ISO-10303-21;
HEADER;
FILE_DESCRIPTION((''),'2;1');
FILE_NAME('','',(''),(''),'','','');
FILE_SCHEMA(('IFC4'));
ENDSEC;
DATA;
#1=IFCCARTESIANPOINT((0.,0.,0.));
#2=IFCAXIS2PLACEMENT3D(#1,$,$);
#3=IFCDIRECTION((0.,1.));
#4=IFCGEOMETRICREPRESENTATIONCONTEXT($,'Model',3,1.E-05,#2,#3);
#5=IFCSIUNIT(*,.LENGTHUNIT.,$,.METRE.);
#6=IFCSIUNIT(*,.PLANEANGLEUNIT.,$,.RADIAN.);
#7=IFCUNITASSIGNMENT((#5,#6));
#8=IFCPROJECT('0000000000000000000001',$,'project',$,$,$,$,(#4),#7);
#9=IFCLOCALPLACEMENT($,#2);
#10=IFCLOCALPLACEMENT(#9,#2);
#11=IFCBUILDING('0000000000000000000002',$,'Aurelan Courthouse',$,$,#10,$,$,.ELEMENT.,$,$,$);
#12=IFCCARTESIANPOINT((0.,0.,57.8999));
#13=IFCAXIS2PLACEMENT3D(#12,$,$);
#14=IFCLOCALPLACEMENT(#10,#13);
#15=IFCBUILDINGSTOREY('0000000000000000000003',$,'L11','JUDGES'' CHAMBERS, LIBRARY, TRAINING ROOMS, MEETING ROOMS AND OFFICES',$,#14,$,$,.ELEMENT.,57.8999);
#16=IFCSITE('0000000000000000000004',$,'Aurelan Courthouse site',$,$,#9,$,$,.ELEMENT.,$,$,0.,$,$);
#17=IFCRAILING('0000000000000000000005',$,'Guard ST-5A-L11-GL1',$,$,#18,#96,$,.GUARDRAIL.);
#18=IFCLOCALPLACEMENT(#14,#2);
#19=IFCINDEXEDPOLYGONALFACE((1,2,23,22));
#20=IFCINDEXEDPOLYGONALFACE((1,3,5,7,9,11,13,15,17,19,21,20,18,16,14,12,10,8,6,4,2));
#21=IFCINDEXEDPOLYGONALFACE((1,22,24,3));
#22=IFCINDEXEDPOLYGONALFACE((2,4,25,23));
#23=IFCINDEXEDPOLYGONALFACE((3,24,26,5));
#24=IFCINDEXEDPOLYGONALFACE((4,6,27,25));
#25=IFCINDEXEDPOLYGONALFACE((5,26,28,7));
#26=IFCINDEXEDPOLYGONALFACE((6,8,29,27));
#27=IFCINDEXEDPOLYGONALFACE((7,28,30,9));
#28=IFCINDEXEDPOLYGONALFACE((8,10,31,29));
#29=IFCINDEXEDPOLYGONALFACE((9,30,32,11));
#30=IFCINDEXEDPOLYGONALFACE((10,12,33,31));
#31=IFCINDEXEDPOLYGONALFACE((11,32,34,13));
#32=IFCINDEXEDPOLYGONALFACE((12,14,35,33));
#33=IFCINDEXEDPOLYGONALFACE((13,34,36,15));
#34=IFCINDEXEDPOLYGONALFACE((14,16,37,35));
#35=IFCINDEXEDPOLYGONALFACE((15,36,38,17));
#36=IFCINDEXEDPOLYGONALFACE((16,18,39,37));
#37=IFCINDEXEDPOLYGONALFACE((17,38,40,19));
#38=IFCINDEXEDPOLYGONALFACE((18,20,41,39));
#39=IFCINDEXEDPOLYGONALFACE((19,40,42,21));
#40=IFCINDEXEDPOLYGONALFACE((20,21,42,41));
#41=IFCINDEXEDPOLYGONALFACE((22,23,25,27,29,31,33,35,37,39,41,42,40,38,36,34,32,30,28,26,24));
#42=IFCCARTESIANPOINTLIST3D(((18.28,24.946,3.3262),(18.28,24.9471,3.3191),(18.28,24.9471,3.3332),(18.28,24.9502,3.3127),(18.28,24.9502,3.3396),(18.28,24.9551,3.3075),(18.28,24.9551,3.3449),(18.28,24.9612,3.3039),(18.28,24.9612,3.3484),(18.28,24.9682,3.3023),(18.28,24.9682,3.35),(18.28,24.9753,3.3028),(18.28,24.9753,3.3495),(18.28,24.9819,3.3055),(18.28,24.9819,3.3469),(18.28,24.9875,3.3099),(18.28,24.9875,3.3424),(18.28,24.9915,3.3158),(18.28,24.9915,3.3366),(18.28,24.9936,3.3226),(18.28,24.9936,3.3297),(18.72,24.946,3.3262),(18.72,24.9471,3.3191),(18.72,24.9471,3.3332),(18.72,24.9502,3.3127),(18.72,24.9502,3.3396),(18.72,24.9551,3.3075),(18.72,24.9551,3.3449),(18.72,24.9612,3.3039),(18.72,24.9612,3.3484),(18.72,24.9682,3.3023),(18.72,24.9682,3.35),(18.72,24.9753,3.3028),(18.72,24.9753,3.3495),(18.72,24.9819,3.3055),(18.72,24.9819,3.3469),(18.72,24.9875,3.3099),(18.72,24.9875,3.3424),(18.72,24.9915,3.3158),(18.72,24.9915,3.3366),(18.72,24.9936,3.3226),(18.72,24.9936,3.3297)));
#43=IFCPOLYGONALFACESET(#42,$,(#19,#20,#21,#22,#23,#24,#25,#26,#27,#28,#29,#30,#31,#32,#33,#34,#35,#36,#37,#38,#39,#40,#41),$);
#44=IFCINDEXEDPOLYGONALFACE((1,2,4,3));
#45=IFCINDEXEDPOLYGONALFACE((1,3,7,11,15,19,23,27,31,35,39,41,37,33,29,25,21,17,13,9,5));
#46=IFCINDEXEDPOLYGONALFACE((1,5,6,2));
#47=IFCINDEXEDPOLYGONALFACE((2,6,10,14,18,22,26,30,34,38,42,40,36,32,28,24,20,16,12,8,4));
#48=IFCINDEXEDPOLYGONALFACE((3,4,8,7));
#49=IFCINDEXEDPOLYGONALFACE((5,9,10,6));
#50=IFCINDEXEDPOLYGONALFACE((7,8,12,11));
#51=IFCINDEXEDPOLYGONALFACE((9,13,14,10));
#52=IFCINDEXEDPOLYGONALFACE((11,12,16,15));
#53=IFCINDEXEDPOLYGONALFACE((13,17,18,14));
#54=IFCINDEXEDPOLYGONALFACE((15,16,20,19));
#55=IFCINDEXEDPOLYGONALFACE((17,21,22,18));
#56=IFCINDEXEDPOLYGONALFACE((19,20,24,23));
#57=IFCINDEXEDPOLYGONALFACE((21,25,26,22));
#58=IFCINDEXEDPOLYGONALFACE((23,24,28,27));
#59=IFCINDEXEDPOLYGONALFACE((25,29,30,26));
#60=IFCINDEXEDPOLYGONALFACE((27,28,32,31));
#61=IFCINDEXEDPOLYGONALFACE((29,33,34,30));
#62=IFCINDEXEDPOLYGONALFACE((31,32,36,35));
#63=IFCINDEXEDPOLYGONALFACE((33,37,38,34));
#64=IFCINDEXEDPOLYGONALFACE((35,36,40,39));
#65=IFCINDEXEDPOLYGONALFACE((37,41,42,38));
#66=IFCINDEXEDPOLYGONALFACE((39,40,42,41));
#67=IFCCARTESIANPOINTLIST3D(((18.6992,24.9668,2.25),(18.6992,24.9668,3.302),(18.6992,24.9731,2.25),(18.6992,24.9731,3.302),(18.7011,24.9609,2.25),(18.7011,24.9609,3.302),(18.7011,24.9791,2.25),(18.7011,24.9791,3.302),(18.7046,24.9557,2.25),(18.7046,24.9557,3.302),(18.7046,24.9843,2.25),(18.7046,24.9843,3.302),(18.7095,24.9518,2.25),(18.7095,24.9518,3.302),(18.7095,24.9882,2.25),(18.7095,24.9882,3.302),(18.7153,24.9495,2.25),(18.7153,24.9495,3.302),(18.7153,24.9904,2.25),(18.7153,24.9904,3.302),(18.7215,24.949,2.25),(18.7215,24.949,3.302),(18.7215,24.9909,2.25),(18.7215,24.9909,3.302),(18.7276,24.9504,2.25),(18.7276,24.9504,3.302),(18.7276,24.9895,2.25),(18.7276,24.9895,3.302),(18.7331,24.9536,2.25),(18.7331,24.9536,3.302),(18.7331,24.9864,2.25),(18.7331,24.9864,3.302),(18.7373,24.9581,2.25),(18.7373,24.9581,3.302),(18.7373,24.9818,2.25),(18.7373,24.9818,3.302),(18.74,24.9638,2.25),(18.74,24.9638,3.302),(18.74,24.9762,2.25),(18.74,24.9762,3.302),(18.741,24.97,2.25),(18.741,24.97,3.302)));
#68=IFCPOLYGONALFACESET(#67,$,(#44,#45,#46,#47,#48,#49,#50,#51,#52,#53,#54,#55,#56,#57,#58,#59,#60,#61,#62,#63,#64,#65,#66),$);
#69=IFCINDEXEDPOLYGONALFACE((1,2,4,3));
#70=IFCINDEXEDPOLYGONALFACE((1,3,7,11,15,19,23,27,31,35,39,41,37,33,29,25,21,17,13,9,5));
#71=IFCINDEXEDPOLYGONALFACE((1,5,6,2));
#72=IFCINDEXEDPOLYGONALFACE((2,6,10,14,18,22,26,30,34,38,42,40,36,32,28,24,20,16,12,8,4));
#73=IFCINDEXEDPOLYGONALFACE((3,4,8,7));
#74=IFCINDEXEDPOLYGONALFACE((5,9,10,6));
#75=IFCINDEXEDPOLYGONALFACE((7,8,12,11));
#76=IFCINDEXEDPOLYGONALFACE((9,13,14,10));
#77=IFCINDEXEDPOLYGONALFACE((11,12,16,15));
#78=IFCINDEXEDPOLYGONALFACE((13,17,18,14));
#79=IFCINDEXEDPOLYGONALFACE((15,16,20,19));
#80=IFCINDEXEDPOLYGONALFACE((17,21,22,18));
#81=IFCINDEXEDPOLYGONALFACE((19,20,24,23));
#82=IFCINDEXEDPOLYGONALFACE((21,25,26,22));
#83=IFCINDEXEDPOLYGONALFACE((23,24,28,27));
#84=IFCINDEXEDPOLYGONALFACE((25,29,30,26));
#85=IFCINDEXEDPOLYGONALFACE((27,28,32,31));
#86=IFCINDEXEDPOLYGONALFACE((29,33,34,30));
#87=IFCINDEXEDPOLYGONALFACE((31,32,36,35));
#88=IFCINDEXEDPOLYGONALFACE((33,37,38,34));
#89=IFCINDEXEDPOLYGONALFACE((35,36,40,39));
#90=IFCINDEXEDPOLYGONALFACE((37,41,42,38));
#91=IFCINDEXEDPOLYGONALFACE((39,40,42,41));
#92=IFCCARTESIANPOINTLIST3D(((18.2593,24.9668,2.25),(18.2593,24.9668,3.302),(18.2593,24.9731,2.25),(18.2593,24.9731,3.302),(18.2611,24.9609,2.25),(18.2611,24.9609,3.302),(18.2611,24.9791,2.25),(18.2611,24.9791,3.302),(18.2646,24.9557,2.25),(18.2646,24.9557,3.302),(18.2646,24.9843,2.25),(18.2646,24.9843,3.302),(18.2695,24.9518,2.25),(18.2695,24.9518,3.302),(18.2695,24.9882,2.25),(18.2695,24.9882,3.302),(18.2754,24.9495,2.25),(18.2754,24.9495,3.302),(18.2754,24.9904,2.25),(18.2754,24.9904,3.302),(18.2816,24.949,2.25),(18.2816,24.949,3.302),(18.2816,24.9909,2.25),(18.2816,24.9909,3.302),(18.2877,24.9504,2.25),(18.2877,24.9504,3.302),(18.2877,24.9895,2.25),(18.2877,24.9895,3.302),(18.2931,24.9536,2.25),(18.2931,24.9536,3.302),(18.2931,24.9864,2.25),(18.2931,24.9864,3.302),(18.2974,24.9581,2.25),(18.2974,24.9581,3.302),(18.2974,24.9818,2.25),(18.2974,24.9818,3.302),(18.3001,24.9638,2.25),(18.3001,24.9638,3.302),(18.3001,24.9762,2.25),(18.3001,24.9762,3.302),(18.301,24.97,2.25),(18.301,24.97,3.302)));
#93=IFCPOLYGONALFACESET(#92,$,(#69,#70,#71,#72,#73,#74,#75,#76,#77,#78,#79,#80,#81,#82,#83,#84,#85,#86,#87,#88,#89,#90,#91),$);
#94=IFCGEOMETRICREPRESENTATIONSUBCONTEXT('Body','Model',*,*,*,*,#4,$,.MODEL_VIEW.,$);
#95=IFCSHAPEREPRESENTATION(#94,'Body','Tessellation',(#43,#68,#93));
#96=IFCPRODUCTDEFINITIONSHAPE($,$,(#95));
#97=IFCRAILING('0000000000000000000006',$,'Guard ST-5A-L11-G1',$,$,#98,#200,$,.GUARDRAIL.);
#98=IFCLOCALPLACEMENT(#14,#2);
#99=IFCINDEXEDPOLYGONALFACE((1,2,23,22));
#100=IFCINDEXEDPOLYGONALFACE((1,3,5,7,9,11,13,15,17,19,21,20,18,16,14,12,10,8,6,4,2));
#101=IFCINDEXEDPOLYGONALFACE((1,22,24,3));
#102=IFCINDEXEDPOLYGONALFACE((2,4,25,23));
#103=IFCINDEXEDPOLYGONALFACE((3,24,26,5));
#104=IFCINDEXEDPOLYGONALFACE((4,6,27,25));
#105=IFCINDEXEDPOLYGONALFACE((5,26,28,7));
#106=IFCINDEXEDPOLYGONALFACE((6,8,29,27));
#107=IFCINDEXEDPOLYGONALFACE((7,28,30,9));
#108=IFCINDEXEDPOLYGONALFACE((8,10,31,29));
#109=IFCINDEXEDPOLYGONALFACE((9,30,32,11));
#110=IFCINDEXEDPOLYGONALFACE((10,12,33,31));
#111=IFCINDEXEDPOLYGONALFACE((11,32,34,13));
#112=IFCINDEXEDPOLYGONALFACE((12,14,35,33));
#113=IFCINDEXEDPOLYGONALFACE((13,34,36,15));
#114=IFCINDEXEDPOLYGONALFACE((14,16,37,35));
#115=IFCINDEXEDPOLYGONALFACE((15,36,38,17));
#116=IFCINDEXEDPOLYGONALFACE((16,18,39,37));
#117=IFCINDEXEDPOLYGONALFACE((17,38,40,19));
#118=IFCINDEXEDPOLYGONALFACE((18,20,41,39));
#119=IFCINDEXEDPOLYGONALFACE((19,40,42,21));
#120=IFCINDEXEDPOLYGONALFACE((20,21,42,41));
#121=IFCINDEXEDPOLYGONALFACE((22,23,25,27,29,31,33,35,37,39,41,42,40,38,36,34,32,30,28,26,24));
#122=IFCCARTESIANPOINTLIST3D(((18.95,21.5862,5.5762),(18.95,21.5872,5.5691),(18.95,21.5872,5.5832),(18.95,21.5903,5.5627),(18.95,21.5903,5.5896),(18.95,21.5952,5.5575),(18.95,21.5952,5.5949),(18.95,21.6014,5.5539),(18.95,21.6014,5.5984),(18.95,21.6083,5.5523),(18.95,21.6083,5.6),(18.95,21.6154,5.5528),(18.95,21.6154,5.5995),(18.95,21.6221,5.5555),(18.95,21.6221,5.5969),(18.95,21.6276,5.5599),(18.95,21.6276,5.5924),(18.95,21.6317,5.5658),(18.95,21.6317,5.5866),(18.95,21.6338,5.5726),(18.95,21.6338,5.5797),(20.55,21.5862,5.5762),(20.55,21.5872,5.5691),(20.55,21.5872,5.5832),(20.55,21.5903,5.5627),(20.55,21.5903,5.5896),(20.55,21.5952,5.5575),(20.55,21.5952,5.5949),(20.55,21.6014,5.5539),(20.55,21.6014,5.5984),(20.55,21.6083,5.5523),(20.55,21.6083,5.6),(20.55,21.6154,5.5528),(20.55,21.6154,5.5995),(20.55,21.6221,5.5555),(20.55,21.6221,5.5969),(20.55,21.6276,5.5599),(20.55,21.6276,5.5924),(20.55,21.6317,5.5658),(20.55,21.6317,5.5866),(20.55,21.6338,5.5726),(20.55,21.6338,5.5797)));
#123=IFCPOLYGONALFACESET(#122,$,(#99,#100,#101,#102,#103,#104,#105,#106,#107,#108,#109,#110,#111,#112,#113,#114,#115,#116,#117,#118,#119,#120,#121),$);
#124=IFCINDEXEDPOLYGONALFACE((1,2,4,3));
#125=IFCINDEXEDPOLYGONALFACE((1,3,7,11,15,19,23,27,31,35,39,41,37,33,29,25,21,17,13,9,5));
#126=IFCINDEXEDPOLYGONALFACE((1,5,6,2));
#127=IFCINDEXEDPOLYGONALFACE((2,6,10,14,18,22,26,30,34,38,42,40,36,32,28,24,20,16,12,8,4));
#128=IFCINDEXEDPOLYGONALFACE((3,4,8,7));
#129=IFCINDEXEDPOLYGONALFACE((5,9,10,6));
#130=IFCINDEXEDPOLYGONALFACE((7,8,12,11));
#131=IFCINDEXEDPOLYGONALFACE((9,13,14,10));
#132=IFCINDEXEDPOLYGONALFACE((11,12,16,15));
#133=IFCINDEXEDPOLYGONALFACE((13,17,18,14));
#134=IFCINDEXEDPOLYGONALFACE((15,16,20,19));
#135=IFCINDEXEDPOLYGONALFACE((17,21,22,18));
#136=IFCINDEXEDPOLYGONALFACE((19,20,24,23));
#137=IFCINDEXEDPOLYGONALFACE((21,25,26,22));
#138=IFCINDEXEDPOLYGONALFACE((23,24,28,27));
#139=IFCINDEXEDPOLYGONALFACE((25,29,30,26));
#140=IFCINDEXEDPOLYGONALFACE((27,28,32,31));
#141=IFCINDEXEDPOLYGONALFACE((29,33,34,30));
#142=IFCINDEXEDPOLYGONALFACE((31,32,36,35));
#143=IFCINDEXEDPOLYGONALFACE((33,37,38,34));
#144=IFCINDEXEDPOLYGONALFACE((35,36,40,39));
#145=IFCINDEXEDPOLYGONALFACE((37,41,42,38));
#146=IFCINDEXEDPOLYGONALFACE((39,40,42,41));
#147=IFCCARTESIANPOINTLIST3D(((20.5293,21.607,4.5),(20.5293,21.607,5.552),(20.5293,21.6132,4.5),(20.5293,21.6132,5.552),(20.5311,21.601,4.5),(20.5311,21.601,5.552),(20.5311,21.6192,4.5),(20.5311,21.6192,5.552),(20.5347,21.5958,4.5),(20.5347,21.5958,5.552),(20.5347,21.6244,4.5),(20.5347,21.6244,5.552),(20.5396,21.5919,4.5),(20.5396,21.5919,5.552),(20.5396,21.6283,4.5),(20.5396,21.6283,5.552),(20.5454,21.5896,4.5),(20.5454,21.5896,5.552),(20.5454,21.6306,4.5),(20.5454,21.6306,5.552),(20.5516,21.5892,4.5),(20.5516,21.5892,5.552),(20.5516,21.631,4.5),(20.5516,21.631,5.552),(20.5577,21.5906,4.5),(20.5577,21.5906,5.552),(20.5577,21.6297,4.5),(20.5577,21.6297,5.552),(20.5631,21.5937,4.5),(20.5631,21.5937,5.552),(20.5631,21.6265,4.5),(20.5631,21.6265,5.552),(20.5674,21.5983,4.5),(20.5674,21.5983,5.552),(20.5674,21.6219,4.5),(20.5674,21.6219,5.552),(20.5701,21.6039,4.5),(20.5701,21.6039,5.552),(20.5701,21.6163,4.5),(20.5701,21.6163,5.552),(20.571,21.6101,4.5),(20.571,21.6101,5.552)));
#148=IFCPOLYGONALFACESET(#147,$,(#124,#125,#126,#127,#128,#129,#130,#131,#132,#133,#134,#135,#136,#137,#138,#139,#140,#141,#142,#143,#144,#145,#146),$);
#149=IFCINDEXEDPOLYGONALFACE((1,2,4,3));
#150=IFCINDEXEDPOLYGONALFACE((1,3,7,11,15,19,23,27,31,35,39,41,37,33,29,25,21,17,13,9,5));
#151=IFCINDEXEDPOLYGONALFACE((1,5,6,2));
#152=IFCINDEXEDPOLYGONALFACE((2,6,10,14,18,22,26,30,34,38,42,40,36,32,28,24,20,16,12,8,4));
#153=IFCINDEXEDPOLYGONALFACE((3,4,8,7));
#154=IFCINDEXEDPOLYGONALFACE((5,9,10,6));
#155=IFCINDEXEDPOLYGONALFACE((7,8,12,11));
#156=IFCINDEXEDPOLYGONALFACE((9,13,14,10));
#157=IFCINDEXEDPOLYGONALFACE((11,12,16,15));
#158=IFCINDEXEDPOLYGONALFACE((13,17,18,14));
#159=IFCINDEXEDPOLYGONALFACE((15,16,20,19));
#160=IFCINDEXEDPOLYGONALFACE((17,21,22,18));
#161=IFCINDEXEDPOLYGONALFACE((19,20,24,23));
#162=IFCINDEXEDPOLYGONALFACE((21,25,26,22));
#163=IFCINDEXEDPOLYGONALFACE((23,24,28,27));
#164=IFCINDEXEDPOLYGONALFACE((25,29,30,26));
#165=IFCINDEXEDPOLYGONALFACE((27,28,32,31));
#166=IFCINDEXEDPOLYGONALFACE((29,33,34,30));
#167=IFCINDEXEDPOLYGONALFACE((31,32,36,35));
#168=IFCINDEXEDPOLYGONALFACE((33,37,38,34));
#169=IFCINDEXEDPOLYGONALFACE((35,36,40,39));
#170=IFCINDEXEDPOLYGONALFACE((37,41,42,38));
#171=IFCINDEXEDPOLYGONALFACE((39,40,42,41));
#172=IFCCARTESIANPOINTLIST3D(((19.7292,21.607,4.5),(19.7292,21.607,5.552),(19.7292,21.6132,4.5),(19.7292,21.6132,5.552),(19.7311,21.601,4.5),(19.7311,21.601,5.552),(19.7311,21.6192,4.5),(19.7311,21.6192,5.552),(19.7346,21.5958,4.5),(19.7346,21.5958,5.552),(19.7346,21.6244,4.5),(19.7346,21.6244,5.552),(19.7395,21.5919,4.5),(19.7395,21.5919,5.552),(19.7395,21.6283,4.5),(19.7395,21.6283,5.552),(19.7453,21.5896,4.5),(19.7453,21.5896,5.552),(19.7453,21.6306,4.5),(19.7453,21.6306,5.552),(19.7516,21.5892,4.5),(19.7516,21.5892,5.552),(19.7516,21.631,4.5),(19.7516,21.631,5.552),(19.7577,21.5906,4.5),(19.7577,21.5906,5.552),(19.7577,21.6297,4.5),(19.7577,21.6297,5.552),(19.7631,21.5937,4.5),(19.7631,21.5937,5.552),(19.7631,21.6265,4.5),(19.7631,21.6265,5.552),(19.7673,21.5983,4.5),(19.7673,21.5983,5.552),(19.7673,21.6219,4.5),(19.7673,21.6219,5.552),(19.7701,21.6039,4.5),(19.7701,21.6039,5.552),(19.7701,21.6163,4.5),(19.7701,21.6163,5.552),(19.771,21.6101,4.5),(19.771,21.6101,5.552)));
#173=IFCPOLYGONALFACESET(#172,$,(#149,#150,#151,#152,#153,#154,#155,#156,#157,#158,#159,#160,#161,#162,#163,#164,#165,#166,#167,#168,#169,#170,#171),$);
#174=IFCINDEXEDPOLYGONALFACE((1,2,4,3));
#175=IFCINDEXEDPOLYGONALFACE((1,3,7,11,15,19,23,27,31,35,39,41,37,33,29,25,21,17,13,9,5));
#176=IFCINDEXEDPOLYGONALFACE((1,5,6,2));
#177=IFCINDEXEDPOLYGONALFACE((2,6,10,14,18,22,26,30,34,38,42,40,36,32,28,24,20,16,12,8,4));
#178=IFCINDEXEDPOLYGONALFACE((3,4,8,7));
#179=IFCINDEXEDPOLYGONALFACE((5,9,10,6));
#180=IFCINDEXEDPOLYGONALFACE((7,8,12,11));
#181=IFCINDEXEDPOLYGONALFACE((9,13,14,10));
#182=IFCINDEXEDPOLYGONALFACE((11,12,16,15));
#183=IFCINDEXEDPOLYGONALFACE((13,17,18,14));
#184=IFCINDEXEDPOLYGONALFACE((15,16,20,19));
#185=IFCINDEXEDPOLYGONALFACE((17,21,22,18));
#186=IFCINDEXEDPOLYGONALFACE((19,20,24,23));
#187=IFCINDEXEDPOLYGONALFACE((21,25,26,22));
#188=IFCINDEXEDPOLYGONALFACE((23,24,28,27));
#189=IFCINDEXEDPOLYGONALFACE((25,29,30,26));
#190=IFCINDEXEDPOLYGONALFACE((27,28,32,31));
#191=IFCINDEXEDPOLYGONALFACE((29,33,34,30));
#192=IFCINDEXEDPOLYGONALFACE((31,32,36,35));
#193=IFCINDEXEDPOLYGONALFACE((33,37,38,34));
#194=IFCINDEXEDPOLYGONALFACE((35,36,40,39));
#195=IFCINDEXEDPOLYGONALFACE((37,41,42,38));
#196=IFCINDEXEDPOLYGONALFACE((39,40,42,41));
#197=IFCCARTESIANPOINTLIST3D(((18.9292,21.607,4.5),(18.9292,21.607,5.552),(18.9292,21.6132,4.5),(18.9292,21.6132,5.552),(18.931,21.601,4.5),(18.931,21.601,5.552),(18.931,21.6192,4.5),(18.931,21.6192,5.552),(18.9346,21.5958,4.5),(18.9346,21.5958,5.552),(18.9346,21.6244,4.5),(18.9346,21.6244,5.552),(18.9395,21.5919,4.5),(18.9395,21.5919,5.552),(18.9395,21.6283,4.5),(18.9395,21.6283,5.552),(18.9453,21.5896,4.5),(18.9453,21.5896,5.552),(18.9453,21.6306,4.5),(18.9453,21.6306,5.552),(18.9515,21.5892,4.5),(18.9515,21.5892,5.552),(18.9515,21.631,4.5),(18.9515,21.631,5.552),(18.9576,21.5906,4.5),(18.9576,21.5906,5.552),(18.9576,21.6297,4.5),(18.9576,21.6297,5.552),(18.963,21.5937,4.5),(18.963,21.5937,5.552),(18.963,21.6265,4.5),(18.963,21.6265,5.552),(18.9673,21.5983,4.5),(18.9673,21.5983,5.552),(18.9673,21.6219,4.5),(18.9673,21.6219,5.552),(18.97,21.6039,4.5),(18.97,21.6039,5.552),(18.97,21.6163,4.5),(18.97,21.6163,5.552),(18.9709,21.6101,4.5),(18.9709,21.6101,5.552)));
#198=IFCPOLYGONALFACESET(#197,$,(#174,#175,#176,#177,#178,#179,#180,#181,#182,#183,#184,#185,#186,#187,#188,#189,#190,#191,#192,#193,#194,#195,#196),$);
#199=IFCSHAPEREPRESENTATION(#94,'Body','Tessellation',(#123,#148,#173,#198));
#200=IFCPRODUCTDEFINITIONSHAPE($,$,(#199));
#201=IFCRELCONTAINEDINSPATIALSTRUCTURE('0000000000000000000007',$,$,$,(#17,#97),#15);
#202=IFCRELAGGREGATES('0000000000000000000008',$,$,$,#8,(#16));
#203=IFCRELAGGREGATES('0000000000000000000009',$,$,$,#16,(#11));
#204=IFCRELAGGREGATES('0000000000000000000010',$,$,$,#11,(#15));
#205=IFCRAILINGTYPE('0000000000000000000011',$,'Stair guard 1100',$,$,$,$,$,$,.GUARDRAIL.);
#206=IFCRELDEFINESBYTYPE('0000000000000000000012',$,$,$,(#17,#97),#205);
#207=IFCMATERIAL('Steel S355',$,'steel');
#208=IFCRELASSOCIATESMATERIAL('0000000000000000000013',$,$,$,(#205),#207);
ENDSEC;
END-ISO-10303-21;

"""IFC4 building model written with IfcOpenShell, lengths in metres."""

from ifc_helpers import new_model, si_unit, direction, frame, origin, origin_2d, place, context, subcontext, project, spatial, circle, extrude, material, type_object, element, save


model = new_model("IFC4")

# Units and contexts
model_context = context("Model", 3, precision=1e-05, world=origin(), true_north=direction((0.0, 1.0)))
body_context = subcontext(model_context, "Body", "Model", "MODEL_VIEW")
ifc_project = project(units=[si_unit("LENGTHUNIT", "METRE"), si_unit("PLANEANGLEUNIT", "RADIAN")], contexts=[model_context])

# Site, building, storey
site_placement = place(None, origin())
site = spatial("IfcSite", under=ifc_project, at=site_placement, Name="Aurelan Courthouse site", CompositionType="ELEMENT", RefElevation=0.0)
building_placement = place(site_placement, origin())
building = spatial("IfcBuilding", under=site, at=building_placement, Name="Aurelan Courthouse", CompositionType="ELEMENT")
storey_placement = place(building_placement, frame((0.0, 0.0, 57.8999)))
storey = spatial("IfcBuildingStorey", under=building, at=storey_placement, Name="L11", Description="JUDGES' CHAMBERS, LIBRARY, TRAINING ROOMS, MEETING ROOMS AND OFFICES", CompositionType="ELEMENT", Elevation=57.8999)

# Railings
ifc_material_1 = material(Name="Steel S355", Category="steel")
railing_type_1 = type_object("IfcRailingType", Name="Stair guard 1100", PredefinedType="GUARDRAIL", material=ifc_material_1)
railing_1_placement = place(storey_placement, frame((18.72, 24.97, 2.25)))
element("IfcRailing", 1, at=railing_1_placement, inside=storey, type_object=railing_type_1, Name="Guard ST-5A-L11-GL1", PredefinedType="GUARDRAIL", context=body_context, shape_type="SweptSolid", body=[
    extrude(circle(Radius=0.0239, at=origin_2d()), frame((0.0, 0.0, 1.0762), z_axis=(-1.0, 0.0, 0.0), x_axis=(0.0, -1.0, 0.0)), (0.0, 0.0, 1.0), 0.4399),
    extrude(circle(Radius=0.021, at=origin_2d()), origin(), (0.0, 0.0, 1.0), 1.052),
    extrude(circle(Radius=0.021, at=origin_2d()), frame((-0.4399, 0.0, 0.0)), (0.0, 0.0, 1.0), 1.052),
])
railing_2_placement = place(storey_placement, frame((20.55, 21.6101, 4.5)))
element("IfcRailing", 2, at=railing_2_placement, inside=storey, type_object=railing_type_1, Name="Guard ST-5A-L11-G1", PredefinedType="GUARDRAIL", context=body_context, shape_type="SweptSolid", body=[
    extrude(circle(Radius=0.0239, at=origin_2d()), frame((0.0, 0.0, 1.0762), z_axis=(-1.0, 0.0, 0.0), x_axis=(0.0, -1.0, 0.0)), (0.0, 0.0, 1.0), 1.6001),
    extrude(circle(Radius=0.021, at=origin_2d()), origin(), (0.0, 0.0, 1.0), 1.052),
    extrude(circle(Radius=0.021, at=origin_2d()), frame((-0.8, 0.0, 0.0)), (0.0, 0.0, 1.0), 1.052),
    extrude(circle(Radius=0.021, at=origin_2d()), frame((-1.6001, 0.0, 0.0)), (0.0, 0.0, 1.0), 1.052),
])

save(model, "model.ifc")
